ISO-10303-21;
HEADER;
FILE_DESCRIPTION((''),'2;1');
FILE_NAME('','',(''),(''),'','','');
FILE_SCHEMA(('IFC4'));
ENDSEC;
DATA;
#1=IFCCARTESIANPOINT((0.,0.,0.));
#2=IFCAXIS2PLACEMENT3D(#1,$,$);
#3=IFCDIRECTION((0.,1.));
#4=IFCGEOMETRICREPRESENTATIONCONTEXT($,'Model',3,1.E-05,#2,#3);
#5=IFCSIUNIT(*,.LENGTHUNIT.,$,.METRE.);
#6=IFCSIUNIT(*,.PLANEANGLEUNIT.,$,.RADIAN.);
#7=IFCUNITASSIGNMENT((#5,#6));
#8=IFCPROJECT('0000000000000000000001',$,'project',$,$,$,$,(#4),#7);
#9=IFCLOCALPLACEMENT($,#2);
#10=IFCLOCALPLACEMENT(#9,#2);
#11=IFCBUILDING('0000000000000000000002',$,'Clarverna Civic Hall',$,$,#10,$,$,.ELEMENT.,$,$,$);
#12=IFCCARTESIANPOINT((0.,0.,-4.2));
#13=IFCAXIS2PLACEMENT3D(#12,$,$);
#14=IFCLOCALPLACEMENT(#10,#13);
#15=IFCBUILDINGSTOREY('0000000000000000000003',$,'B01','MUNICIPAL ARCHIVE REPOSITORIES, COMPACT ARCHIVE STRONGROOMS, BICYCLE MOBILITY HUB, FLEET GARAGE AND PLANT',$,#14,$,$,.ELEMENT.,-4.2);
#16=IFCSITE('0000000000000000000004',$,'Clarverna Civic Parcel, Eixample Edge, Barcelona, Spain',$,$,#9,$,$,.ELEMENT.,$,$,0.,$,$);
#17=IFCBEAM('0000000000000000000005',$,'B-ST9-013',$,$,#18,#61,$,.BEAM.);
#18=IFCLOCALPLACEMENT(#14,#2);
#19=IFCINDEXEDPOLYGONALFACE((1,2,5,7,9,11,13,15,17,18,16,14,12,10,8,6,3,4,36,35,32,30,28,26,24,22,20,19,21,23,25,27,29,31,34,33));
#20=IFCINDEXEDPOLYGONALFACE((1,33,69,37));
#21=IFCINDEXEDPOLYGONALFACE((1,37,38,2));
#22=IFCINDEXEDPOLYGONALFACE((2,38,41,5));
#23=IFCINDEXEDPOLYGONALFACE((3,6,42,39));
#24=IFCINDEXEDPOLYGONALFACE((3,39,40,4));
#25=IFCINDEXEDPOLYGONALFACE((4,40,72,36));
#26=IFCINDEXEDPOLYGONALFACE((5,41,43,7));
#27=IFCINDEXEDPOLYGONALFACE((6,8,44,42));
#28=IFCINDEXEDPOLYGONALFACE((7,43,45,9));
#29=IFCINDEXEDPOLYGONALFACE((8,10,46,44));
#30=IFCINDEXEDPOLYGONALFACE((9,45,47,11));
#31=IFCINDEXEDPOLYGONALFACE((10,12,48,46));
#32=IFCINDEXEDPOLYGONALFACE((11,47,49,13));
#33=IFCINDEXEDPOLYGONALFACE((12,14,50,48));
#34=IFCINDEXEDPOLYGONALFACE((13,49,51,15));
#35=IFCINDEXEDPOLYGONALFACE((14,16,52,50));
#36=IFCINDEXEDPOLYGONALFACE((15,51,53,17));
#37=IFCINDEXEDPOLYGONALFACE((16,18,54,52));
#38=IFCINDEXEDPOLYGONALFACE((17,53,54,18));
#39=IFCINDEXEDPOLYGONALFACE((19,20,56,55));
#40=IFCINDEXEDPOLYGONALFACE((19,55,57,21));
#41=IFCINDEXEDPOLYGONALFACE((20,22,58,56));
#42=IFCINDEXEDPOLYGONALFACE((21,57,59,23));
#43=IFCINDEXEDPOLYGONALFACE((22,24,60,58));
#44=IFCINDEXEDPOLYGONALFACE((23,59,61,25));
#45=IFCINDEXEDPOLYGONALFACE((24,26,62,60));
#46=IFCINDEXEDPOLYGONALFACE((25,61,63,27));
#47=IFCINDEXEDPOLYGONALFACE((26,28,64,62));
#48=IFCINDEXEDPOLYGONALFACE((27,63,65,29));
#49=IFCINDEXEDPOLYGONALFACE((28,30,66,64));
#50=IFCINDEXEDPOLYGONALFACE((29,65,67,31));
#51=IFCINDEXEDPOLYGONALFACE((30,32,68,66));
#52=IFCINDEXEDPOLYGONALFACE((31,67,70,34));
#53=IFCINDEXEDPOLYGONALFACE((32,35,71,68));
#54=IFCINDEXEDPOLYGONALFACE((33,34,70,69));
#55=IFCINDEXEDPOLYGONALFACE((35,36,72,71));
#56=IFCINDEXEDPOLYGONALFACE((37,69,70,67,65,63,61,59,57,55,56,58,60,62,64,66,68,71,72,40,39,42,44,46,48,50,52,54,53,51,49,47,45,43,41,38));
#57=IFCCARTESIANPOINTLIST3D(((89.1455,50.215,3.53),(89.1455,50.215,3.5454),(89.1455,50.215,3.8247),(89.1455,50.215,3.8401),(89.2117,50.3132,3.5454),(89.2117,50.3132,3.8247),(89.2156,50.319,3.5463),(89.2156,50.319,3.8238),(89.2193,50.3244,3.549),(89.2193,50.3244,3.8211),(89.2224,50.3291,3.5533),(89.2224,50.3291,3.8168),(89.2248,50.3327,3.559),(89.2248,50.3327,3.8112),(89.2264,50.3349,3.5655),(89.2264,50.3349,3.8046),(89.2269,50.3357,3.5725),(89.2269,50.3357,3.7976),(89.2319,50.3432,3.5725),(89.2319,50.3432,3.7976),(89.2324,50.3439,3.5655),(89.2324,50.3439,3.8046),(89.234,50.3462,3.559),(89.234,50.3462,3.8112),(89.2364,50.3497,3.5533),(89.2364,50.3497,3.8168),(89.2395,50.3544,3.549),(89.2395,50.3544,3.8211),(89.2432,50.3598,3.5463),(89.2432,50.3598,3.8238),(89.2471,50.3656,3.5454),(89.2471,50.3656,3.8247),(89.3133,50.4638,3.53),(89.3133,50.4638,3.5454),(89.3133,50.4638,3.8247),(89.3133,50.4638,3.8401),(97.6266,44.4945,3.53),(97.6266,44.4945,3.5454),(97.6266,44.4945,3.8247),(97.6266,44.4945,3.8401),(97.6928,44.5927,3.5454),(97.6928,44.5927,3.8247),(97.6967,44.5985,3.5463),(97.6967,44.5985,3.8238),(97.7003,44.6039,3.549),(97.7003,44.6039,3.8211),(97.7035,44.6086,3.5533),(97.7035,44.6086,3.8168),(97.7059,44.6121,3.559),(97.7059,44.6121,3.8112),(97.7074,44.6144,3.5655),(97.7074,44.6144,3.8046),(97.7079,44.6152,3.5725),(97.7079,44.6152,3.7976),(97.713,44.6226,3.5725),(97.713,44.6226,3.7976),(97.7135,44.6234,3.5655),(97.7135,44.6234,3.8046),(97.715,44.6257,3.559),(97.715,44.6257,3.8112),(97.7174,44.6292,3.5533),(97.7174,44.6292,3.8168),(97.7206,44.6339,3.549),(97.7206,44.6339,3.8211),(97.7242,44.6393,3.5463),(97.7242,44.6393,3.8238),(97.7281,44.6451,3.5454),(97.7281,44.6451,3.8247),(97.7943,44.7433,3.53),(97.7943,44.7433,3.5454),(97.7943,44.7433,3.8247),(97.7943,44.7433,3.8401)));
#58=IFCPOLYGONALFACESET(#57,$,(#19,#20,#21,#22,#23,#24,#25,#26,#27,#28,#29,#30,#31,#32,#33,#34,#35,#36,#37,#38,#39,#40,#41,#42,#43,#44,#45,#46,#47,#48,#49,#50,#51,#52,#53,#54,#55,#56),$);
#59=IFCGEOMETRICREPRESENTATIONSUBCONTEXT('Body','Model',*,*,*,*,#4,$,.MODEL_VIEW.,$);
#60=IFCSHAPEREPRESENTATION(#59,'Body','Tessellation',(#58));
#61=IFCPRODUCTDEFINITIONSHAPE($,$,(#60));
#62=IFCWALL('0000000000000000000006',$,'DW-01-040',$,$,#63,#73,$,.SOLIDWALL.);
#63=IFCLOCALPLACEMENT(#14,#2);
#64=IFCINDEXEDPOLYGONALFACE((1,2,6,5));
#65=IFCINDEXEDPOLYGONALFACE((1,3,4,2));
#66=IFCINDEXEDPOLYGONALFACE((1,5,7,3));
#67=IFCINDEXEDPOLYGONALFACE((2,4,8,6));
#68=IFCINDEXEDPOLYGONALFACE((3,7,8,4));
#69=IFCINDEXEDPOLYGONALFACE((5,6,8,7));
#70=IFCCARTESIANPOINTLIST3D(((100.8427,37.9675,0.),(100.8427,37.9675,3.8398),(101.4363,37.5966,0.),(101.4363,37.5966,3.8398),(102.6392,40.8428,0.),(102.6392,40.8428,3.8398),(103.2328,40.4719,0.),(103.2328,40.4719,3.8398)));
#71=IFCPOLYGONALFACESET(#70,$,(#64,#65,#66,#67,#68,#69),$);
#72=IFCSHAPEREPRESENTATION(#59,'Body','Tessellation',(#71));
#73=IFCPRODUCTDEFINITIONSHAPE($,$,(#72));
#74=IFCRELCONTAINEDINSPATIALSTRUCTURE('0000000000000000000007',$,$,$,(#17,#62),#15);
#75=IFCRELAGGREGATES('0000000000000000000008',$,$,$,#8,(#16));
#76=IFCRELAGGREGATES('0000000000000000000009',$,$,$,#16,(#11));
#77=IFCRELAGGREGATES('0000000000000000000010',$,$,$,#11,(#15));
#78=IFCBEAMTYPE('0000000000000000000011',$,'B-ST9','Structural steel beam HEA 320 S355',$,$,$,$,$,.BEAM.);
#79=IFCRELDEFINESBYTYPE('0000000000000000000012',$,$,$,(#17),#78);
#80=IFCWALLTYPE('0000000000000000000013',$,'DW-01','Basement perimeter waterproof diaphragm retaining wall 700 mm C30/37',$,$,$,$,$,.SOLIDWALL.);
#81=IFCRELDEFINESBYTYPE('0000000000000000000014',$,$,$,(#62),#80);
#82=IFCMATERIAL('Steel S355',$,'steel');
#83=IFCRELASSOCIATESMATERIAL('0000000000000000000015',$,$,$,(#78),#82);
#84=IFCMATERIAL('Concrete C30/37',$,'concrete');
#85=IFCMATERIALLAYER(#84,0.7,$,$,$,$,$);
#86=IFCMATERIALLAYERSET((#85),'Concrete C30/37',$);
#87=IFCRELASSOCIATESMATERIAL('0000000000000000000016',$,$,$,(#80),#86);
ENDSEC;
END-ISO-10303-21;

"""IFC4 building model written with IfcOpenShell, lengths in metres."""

from ifc_helpers import new_model, si_unit, direction, frame, frame_2d, origin, origin_2d, place, context, subcontext, project, spatial, rectangle, i_section, extrude, material, layer, layer_set, material_profile, profile_set, type_object, element, save


model = new_model("IFC4")

# Units and contexts
model_context = context("Model", 3, precision=1e-05, world=origin(), true_north=direction((0.0, 1.0)))
body_context = subcontext(model_context, "Body", "Model", "MODEL_VIEW")
ifc_project = project(units=[si_unit("LENGTHUNIT", "METRE"), si_unit("PLANEANGLEUNIT", "RADIAN")], contexts=[model_context])

# Site, building, storey
site_placement = place(None, origin())
site = spatial("IfcSite", under=ifc_project, at=site_placement, Name="Clarverna Civic Parcel, Eixample Edge, Barcelona, Spain", CompositionType="ELEMENT", RefElevation=0.0)
building_placement = place(site_placement, origin())
building = spatial("IfcBuilding", under=site, at=building_placement, Name="Clarverna Civic Hall", CompositionType="ELEMENT")
storey_placement = place(building_placement, frame((0.0, 0.0, -4.2)))
storey = spatial("IfcBuildingStorey", under=building, at=storey_placement, Name="B01", Description="MUNICIPAL ARCHIVE REPOSITORIES, COMPACT ARCHIVE STRONGROOMS, BICYCLE MOBILITY HUB, FLEET GARAGE AND PLANT", CompositionType="ELEMENT", Elevation=-4.2)

# Shared definitions
ifc_material_1 = material(Name="Concrete C30/37", Category="concrete")

# Beam
ifc_material_2 = material(Name="Steel S355", Category="steel")
ifc_material_profile_1 = material_profile(ifc_material_2, i_section(OverallWidth=0.3, OverallDepth=0.3101, WebThickness=0.009, FlangeThickness=0.0154, FilletRadius=0.0271, at=origin_2d()), Name="HEA 320")
ifc_profile_set_1 = profile_set([ifc_material_profile_1], Name="Steel S355")
beam_type_1 = type_object("IfcBeamType", Name="B-ST9", Description="Structural steel beam HEA 320 S355", PredefinedType="BEAM", material=ifc_profile_set_1)
beam_1_placement = place(storey_placement, frame((97.7104, 44.6189, 3.6851), z_axis=(-0.829038, 0.559192, 0.0), x_axis=(-0.559192, -0.829038, 0.0)))
element("IfcBeam", 1, at=beam_1_placement, inside=storey, type_object=beam_type_1, Name="B-ST9-013", PredefinedType="BEAM", context=body_context, shape_type="SweptSolid", body=[
    extrude(i_section(OverallWidth=0.3, OverallDepth=0.3101, WebThickness=0.009, FlangeThickness=0.0154, FilletRadius=0.0271, at=origin_2d()), origin(), (0.0, 0.0, 1.0), 10.23),
])

# Wall
ifc_layer = layer(ifc_material_1, 0.7)
ifc_layer_set = layer_set([ifc_layer], Name="Concrete C30/37")
wall_type = type_object("IfcWallType", Name="DW-01", Description="Basement perimeter waterproof diaphragm retaining wall 700 mm C30/37", PredefinedType="SOLIDWALL", material=ifc_layer_set)
wall_placement = place(storey_placement, frame((102.936, 40.6575, 0.0), z_axis=(0.0, 0.0, 1.0), x_axis=(-0.529863, -0.848083, 0.0)))
element("IfcWall", 2, at=wall_placement, inside=storey, type_object=wall_type, Name="DW-01-040", PredefinedType="SOLIDWALL", context=body_context, shape_type="SweptSolid", body=[
    extrude(rectangle(XDim=3.3904, YDim=0.7, at=frame_2d((1.6953, 0.0))), origin(), (0.0, 0.0, 1.0), 3.8398),
])

save(model, "model.ifc")
